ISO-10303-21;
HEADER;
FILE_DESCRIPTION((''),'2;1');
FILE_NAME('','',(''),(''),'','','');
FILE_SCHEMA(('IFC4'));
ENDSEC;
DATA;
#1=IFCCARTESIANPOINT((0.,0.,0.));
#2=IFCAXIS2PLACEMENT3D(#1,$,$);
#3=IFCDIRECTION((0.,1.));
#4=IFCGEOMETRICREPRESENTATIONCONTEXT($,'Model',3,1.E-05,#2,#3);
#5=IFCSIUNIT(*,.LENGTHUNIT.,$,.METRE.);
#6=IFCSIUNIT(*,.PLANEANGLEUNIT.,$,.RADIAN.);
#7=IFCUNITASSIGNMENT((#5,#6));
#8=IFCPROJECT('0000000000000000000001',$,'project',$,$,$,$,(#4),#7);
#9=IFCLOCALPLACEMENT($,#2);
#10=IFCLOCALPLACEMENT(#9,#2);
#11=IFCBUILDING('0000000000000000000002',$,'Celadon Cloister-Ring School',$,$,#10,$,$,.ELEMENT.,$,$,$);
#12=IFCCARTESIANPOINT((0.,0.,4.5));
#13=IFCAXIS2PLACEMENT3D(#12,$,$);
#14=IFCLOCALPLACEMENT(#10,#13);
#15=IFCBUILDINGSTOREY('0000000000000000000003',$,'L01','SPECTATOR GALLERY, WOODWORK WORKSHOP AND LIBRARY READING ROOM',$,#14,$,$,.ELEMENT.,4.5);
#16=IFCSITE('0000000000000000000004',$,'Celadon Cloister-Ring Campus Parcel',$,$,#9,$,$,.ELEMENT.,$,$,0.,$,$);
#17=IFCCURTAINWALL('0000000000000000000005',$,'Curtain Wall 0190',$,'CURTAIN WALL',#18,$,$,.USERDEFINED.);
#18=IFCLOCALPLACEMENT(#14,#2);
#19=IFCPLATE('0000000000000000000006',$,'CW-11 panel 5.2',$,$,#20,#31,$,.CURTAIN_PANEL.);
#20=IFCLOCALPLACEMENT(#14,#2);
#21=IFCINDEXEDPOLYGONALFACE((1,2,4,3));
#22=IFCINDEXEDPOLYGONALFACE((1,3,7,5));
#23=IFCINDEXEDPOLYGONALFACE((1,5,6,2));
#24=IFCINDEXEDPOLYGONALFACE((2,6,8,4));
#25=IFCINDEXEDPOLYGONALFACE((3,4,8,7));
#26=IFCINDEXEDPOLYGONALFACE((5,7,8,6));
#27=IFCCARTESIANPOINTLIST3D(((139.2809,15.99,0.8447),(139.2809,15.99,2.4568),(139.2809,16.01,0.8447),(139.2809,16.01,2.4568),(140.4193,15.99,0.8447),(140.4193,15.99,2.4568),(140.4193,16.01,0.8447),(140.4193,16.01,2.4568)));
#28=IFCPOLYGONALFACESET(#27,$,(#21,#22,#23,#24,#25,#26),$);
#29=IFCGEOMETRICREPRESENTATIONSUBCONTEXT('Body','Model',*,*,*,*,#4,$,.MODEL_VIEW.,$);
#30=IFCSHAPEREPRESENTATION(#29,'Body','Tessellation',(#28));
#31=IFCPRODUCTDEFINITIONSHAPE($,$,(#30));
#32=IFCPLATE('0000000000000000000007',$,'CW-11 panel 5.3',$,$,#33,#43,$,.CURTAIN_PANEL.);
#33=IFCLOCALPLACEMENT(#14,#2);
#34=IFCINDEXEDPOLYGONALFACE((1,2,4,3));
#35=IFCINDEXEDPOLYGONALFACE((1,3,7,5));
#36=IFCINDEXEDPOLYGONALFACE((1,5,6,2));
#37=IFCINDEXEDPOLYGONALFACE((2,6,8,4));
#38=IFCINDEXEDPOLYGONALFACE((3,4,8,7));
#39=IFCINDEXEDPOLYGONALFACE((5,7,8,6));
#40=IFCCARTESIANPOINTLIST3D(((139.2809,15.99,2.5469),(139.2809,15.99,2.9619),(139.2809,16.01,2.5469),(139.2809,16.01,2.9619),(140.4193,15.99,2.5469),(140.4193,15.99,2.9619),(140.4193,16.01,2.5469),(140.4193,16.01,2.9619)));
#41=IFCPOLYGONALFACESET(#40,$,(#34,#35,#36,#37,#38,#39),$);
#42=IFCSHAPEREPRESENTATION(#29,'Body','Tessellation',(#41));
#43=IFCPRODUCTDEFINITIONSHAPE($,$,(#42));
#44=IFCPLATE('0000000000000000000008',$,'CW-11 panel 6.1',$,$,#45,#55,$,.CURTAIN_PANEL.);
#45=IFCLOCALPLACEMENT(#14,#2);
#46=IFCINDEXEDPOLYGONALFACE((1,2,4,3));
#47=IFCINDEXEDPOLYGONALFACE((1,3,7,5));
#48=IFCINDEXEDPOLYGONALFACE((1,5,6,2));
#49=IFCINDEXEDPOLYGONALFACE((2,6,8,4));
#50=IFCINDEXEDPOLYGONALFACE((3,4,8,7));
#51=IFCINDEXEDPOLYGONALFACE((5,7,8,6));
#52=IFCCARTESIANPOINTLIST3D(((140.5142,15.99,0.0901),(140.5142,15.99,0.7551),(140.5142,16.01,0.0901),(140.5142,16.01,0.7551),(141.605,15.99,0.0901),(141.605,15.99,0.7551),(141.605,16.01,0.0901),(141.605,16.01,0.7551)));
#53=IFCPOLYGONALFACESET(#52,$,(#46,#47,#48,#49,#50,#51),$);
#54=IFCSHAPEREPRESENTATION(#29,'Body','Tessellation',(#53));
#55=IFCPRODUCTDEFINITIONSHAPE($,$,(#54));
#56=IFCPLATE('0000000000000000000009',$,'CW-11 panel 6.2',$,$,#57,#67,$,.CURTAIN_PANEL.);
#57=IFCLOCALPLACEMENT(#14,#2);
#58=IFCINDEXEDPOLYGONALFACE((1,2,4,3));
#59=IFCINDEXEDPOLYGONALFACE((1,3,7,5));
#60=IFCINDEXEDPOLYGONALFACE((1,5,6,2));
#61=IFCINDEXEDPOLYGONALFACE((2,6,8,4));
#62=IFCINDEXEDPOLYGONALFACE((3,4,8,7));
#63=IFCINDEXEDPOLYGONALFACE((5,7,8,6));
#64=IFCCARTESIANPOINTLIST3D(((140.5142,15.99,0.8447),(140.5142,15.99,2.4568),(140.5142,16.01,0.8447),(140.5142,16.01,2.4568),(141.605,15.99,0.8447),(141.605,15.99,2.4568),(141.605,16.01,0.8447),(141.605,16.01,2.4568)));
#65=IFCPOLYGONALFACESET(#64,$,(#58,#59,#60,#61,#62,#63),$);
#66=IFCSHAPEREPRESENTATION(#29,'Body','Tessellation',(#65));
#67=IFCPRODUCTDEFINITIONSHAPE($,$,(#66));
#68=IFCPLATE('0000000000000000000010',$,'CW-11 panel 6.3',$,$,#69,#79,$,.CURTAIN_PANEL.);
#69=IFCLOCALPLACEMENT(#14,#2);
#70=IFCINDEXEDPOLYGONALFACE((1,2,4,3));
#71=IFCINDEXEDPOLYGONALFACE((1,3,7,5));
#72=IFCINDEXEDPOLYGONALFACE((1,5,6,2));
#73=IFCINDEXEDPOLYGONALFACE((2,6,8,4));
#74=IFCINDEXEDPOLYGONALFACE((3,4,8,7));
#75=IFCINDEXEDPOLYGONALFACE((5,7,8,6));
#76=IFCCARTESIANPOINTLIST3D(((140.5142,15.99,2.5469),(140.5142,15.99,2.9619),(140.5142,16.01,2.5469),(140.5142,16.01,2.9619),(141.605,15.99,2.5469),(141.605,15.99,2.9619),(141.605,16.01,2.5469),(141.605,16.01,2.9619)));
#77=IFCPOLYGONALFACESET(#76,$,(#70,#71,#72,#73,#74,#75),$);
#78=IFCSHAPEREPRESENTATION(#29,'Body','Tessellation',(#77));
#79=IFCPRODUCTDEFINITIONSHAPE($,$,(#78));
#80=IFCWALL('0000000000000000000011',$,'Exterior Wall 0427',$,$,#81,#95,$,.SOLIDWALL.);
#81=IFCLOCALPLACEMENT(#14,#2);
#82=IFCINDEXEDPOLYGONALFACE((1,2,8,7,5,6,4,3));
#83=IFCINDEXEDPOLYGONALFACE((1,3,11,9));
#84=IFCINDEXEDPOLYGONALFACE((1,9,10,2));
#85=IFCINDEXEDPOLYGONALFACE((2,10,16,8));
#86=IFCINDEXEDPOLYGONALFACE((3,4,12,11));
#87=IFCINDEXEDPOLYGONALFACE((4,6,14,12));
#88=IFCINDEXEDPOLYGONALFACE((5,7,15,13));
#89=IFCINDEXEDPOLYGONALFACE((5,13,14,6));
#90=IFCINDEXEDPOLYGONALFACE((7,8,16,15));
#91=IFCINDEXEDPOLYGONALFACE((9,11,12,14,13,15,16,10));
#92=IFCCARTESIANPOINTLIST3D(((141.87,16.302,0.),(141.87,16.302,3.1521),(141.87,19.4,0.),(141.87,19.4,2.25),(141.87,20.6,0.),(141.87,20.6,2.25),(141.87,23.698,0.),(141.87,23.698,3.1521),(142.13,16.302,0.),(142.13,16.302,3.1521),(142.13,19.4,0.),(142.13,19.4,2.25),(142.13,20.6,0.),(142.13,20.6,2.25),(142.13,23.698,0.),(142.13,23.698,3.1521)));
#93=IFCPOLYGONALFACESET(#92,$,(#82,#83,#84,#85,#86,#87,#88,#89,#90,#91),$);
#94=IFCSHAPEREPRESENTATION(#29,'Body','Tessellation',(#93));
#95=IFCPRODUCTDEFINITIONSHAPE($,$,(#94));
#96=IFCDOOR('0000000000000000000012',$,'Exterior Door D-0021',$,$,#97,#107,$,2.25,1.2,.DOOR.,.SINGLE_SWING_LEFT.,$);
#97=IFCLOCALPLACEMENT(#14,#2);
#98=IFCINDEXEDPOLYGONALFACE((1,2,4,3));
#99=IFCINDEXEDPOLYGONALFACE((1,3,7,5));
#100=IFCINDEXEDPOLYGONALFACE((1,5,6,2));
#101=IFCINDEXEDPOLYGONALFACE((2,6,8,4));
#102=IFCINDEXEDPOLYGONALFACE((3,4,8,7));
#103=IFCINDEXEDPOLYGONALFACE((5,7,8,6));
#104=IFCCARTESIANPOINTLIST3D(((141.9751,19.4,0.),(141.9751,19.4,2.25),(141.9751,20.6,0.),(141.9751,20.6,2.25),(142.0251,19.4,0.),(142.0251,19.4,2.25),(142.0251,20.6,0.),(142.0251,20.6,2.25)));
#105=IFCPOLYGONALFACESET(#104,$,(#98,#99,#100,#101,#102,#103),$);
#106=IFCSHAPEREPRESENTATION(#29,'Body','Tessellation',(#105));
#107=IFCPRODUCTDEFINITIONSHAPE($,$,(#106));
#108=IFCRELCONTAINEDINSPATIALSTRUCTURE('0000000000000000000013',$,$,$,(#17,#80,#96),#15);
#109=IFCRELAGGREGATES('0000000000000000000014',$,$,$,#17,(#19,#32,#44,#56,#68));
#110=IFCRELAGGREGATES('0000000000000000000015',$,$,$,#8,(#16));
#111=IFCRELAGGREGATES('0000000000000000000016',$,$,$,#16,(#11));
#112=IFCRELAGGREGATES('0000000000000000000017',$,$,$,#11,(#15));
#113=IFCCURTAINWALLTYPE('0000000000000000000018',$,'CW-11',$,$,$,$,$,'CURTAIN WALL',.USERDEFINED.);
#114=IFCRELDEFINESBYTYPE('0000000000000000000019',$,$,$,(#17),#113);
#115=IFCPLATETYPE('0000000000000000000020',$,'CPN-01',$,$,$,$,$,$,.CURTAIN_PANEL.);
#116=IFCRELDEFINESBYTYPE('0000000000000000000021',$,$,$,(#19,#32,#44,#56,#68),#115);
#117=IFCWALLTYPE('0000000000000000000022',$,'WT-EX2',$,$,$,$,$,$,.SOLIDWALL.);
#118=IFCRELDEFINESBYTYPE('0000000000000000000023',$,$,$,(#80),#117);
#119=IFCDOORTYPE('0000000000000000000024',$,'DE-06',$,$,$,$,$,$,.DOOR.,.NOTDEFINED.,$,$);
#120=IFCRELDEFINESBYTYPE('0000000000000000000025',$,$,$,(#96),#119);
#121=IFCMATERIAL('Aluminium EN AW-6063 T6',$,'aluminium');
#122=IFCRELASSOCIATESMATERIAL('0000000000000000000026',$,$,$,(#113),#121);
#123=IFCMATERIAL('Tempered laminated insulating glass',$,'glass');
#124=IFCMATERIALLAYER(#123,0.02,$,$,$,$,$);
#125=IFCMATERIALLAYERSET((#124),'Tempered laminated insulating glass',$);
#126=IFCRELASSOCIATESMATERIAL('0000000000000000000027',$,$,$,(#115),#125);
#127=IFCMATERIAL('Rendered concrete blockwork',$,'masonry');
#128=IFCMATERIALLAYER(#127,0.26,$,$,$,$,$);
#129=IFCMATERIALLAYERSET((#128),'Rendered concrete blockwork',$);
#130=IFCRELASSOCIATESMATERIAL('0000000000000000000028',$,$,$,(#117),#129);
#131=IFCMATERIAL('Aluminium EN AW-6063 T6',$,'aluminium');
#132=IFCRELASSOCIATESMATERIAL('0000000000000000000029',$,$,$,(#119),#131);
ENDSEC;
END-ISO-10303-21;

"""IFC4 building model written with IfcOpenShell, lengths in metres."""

from ifc_helpers import new_model, si_unit, direction, frame, frame_2d, origin, origin_2d, place, context, subcontext, project, spatial, rectangle, extrude, material, layer, layer_set, type_object, element, fill, aggregate, save


model = new_model("IFC4")

# Units and contexts
model_context = context("Model", 3, precision=1e-05, world=origin(), true_north=direction((0.0, 1.0)))
body_context = subcontext(model_context, "Body", "Model", "MODEL_VIEW")
ifc_project = project(units=[si_unit("LENGTHUNIT", "METRE"), si_unit("PLANEANGLEUNIT", "RADIAN")], contexts=[model_context])

# Site, building, storey
site_placement = place(None, origin())
site = spatial("IfcSite", under=ifc_project, at=site_placement, Name="Celadon Cloister-Ring Campus Parcel", CompositionType="ELEMENT", RefElevation=0.0)
building_placement = place(site_placement, origin())
building = spatial("IfcBuilding", under=site, at=building_placement, Name="Celadon Cloister-Ring School", CompositionType="ELEMENT")
storey_placement = place(building_placement, frame((0.0, 0.0, 4.5)))
storey = spatial("IfcBuildingStorey", under=building, at=storey_placement, Name="L01", Description="SPECTATOR GALLERY, WOODWORK WORKSHOP AND LIBRARY READING ROOM", CompositionType="ELEMENT", Elevation=4.5)

# Curtain wall, plates
ifc_material_1 = material(Name="Aluminium EN AW-6063 T6", Category="aluminium")
curtain_wall_type = type_object("IfcCurtainWallType", Name="CW-11", ElementType="CURTAIN WALL", PredefinedType="USERDEFINED", material=ifc_material_1)
curtain_wall_placement = place(storey_placement, origin())
curtain_wall = element("IfcCurtainWall", 1, at=curtain_wall_placement, inside=storey, type_object=curtain_wall_type, Name="Curtain Wall 0190", ObjectType="CURTAIN WALL", PredefinedType="USERDEFINED")
ifc_material_2 = material(Name="Tempered laminated insulating glass", Category="glass")
ifc_layer_1 = layer(ifc_material_2, 0.02)
ifc_layer_set_1 = layer_set([ifc_layer_1], Name="Tempered laminated insulating glass")
plate_type = type_object("IfcPlateType", Name="CPN-01", PredefinedType="CURTAIN_PANEL", material=ifc_layer_set_1)
plate_1_placement = place(storey_placement, frame((139.8501, 16.0, 0.8447), z_axis=(0.0, 0.0, 1.0), x_axis=(1.0, 0.0, 0.0)))
plate_1 = element("IfcPlate", 2, at=plate_1_placement, type_object=plate_type, Name="CW-11 panel 5.2", PredefinedType="CURTAIN_PANEL", context=body_context, shape_type="SweptSolid", body=[
    extrude(rectangle(XDim=1.1384, YDim=0.02, at=origin_2d()), origin(), (0.0, 0.0, 1.0), 1.6121),
])
plate_2_placement = place(storey_placement, frame((139.8501, 16.0, 2.5469), z_axis=(0.0, 0.0, 1.0), x_axis=(1.0, 0.0, 0.0)))
plate_2 = element("IfcPlate", 3, at=plate_2_placement, type_object=plate_type, Name="CW-11 panel 5.3", PredefinedType="CURTAIN_PANEL", context=body_context, shape_type="SweptSolid", body=[
    extrude(rectangle(XDim=1.1384, YDim=0.02, at=origin_2d()), origin(), (0.0, 0.0, 1.0), 0.415),
])
plate_3_placement = place(storey_placement, frame((141.0596, 16.0, 0.0901), z_axis=(0.0, 0.0, 1.0), x_axis=(1.0, 0.0, 0.0)))
plate_3 = element("IfcPlate", 4, at=plate_3_placement, type_object=plate_type, Name="CW-11 panel 6.1", PredefinedType="CURTAIN_PANEL", context=body_context, shape_type="SweptSolid", body=[
    extrude(rectangle(XDim=1.0908, YDim=0.02, at=origin_2d()), origin(), (0.0, 0.0, 1.0), 0.665),
])
plate_4_placement = place(storey_placement, frame((141.0596, 16.0, 0.8447), z_axis=(0.0, 0.0, 1.0), x_axis=(1.0, 0.0, 0.0)))
plate_4 = element("IfcPlate", 5, at=plate_4_placement, type_object=plate_type, Name="CW-11 panel 6.2", PredefinedType="CURTAIN_PANEL", context=body_context, shape_type="SweptSolid", body=[
    extrude(rectangle(XDim=1.0908, YDim=0.02, at=origin_2d()), origin(), (0.0, 0.0, 1.0), 1.6121),
])
plate_5_placement = place(storey_placement, frame((141.0596, 16.0, 2.5469), z_axis=(0.0, 0.0, 1.0), x_axis=(1.0, 0.0, 0.0)))
plate_5 = element("IfcPlate", 6, at=plate_5_placement, type_object=plate_type, Name="CW-11 panel 6.3", PredefinedType="CURTAIN_PANEL", context=body_context, shape_type="SweptSolid", body=[
    extrude(rectangle(XDim=1.0908, YDim=0.02, at=origin_2d()), origin(), (0.0, 0.0, 1.0), 0.415),
])
aggregate(curtain_wall, [plate_1, plate_2, plate_3, plate_4, plate_5])

# Wall, opening, door
ifc_material_3 = material(Name="Rendered concrete blockwork", Category="masonry")
ifc_layer_2 = layer(ifc_material_3, 0.26)
ifc_layer_set_2 = layer_set([ifc_layer_2], Name="Rendered concrete blockwork")
wall_type = type_object("IfcWallType", Name="WT-EX2", PredefinedType="SOLIDWALL", material=ifc_layer_set_2)
wall_placement = place(storey_placement, frame((142.0, 16.302, 0.0), z_axis=(0.0, 0.0, 1.0), x_axis=(0.0, 1.0, 0.0)))
wall = element("IfcWall", 7, at=wall_placement, inside=storey, type_object=wall_type, Name="Exterior Wall 0427", PredefinedType="SOLIDWALL", context=body_context, shape_type="SweptSolid", body=[
    extrude(rectangle(XDim=7.396, YDim=0.26, at=frame_2d((3.698, 0.0))), origin(), (0.0, 0.0, 1.0), 3.1521),
])
opening_placement = place(wall_placement, frame((3.0979, 0.0, 0.0)))
opening = element("IfcOpeningElement", 8, at=opening_placement, cuts=wall, PredefinedType="OPENING", context=body_context, shape_type="SweptSolid", body=[
    extrude(rectangle(XDim=1.2, YDim=2.25, at=frame_2d((0.6001, 1.125))), frame((0.0, 0.1401, 0.0), z_axis=(0.0, -1.0, 0.0), x_axis=(1.0, 0.0, 0.0)), (0.0, 0.0, 1.0), 0.28),
])
ifc_material_4 = material(Name="Aluminium EN AW-6063 T6", Category="aluminium")
door_type = type_object("IfcDoorType", Name="DE-06", OperationType="NOTDEFINED", PredefinedType="DOOR", material=ifc_material_4)
door_placement = place(opening_placement, origin())
door = element("IfcDoor", 9, at=door_placement, inside=storey, type_object=door_type, Name="Exterior Door D-0021", OperationType="SINGLE_SWING_LEFT", OverallHeight=2.25, OverallWidth=1.2, PredefinedType="DOOR", context=body_context, shape_type="SweptSolid", body=[
    extrude(rectangle(XDim=1.2, YDim=2.25, at=frame_2d((0.6001, 1.125))), frame((0.0, 0.0249, 0.0), z_axis=(0.0, -1.0, 0.0), x_axis=(1.0, 0.0, 0.0)), (0.0, 0.0, 1.0), 0.05),
])
fill(opening, door)

save(model, "model.ifc")
